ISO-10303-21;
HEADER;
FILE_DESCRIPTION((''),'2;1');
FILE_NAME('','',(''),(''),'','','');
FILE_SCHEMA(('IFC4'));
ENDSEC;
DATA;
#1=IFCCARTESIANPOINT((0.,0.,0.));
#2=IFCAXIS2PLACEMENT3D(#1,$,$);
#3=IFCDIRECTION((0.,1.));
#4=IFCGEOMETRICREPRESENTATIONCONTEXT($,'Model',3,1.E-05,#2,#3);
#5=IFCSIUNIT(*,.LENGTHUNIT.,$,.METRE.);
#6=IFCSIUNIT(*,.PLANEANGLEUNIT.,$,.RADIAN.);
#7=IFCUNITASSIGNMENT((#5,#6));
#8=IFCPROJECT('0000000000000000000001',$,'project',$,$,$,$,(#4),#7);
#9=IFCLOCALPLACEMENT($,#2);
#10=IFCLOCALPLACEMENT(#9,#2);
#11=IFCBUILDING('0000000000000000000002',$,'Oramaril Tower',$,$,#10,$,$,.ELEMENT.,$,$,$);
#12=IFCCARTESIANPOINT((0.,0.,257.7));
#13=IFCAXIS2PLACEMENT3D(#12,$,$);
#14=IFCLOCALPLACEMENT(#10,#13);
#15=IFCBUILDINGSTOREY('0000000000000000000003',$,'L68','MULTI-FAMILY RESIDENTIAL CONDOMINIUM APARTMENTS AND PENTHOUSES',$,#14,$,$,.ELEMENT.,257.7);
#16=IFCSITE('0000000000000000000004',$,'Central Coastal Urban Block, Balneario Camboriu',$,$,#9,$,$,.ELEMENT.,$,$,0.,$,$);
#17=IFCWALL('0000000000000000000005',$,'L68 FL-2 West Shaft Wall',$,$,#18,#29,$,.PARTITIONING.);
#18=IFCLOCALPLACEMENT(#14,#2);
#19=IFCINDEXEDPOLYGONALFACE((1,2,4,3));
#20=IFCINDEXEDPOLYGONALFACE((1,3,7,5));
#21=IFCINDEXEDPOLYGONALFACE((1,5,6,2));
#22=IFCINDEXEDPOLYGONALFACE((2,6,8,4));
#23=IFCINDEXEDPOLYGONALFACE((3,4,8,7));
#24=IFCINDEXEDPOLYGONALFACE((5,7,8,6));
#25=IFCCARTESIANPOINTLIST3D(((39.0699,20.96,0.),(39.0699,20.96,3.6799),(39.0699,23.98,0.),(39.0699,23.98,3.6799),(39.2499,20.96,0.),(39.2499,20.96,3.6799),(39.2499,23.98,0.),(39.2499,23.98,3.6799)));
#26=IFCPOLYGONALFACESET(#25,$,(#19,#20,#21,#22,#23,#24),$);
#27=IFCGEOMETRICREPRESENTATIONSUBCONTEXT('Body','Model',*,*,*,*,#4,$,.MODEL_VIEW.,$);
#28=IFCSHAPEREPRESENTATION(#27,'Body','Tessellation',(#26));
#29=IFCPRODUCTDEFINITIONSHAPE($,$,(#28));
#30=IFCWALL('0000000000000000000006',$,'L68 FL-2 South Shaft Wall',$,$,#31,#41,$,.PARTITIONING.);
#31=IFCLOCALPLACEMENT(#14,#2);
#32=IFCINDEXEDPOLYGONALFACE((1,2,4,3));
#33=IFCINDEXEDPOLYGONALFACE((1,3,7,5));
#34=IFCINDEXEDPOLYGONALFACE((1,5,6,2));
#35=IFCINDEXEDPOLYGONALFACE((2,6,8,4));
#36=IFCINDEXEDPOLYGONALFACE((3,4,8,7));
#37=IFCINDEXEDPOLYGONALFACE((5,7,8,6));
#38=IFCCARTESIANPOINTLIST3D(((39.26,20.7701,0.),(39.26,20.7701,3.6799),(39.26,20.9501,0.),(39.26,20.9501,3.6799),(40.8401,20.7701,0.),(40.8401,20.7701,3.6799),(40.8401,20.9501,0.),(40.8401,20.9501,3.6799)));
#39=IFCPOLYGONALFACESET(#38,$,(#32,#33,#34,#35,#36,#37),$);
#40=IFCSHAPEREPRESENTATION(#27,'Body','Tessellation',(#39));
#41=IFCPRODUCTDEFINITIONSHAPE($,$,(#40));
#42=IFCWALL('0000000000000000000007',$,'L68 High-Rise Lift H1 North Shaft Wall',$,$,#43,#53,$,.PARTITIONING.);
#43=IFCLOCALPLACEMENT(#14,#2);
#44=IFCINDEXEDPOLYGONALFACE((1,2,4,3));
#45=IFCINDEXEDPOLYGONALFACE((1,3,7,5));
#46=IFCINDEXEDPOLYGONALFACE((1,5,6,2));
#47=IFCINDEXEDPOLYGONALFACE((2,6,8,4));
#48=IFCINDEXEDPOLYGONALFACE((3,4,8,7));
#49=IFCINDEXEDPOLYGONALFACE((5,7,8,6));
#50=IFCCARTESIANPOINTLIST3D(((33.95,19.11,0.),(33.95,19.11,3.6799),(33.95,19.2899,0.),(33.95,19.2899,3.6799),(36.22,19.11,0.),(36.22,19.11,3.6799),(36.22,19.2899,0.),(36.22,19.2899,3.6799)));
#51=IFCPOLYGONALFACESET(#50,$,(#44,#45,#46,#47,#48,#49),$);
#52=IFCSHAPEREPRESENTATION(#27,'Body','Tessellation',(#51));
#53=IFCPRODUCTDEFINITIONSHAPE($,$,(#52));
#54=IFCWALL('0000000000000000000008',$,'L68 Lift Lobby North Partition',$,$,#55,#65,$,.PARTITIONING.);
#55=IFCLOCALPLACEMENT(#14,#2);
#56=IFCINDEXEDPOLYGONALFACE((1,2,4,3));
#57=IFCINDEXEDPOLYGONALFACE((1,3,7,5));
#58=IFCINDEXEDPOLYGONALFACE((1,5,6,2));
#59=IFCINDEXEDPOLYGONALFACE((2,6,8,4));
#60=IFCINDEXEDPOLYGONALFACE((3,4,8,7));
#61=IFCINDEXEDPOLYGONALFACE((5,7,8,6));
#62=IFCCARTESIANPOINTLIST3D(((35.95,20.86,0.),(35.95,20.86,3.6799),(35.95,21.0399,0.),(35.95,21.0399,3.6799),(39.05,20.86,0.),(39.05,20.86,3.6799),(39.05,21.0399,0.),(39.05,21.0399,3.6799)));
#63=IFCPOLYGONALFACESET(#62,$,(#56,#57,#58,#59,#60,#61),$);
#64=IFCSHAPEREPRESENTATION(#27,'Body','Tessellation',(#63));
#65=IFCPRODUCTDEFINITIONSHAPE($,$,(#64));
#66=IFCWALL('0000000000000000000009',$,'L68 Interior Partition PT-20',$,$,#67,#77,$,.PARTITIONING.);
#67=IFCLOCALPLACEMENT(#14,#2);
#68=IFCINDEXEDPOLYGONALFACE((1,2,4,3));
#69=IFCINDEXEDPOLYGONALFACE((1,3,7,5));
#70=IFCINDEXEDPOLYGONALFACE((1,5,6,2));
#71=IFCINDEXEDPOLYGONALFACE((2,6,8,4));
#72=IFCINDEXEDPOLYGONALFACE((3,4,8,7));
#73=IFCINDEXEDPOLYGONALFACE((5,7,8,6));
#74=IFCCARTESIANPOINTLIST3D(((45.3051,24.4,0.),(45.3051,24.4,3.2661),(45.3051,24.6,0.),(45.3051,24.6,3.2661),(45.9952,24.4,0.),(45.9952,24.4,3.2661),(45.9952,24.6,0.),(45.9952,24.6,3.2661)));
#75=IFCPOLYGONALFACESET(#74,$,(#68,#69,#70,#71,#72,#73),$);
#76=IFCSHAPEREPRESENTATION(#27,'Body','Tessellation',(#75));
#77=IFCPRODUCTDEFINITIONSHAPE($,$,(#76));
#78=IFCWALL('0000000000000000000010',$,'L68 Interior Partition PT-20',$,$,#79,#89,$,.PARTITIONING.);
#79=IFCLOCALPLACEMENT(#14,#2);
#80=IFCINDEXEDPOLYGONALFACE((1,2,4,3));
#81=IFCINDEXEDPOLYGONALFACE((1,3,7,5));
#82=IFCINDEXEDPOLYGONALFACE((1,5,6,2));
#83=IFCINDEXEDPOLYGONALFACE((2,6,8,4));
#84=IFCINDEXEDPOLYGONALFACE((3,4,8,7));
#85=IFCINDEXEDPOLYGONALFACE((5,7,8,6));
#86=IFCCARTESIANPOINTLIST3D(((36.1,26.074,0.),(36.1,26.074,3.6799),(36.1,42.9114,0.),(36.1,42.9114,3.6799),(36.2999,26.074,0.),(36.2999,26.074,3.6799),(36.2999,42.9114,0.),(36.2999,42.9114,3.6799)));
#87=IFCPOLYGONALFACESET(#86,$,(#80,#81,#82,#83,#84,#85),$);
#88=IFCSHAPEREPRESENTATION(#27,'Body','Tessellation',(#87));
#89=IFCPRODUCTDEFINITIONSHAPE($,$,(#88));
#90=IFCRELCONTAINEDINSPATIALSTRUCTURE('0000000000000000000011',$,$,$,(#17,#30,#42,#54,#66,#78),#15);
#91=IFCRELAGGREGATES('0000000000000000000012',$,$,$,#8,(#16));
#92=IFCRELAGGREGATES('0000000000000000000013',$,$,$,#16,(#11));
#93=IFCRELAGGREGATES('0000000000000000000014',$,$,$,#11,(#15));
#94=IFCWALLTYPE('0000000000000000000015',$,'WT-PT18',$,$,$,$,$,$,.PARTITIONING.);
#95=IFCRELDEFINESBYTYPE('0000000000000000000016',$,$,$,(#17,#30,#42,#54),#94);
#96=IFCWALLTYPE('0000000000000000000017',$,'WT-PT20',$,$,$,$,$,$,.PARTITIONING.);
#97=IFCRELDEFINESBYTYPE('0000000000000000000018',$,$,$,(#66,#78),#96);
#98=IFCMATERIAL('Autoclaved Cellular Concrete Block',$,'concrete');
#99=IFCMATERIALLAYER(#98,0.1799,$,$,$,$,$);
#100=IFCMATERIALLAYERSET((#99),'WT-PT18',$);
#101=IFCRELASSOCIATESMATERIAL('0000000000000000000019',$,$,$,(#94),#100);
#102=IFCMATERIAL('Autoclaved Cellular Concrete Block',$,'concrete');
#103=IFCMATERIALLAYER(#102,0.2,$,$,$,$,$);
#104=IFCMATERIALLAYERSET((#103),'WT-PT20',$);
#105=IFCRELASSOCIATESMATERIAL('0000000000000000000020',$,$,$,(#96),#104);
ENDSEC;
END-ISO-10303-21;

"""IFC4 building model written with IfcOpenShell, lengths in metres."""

from ifc_helpers import new_model, si_unit, direction, frame, frame_2d, origin, place, context, subcontext, project, spatial, rectangle, extrude, material, layer, layer_set, type_object, element, save


model = new_model("IFC4")

# Units and contexts
model_context = context("Model", 3, precision=1e-05, world=origin(), true_north=direction((0.0, 1.0)))
body_context = subcontext(model_context, "Body", "Model", "MODEL_VIEW")
ifc_project = project(units=[si_unit("LENGTHUNIT", "METRE"), si_unit("PLANEANGLEUNIT", "RADIAN")], contexts=[model_context])

# Site, building, storey
site_placement = place(None, origin())
site = spatial("IfcSite", under=ifc_project, at=site_placement, Name="Central Coastal Urban Block, Balneario Camboriu", CompositionType="ELEMENT", RefElevation=0.0)
building_placement = place(site_placement, origin())
building = spatial("IfcBuilding", under=site, at=building_placement, Name="Oramaril Tower", CompositionType="ELEMENT")
storey_placement = place(building_placement, frame((0.0, 0.0, 257.7)))
storey = spatial("IfcBuildingStorey", under=building, at=storey_placement, Name="L68", Description="MULTI-FAMILY RESIDENTIAL CONDOMINIUM APARTMENTS AND PENTHOUSES", CompositionType="ELEMENT", Elevation=257.7)

# Walls
ifc_material_1 = material(Name="Autoclaved Cellular Concrete Block", Category="concrete")
ifc_layer_1 = layer(ifc_material_1, 0.1799)
ifc_layer_set_1 = layer_set([ifc_layer_1], Name="WT-PT18")
wall_type_1 = type_object("IfcWallType", Name="WT-PT18", PredefinedType="PARTITIONING", material=ifc_layer_set_1)
wall_1_placement = place(storey_placement, frame((39.1599, 20.96, 0.0), z_axis=(0.0, 0.0, 1.0), x_axis=(0.0, 1.0, 0.0)))
element("IfcWall", 1, at=wall_1_placement, inside=storey, type_object=wall_type_1, Name="L68 FL-2 West Shaft Wall", PredefinedType="PARTITIONING", context=body_context, shape_type="SweptSolid", body=[
    extrude(rectangle(XDim=3.02, YDim=0.1799, at=frame_2d((1.51, 0.0))), origin(), (0.0, 0.0, 1.0), 3.6799),
])
wall_2_placement = place(storey_placement, frame((39.26, 20.8601, 0.0), z_axis=(0.0, 0.0, 1.0), x_axis=(1.0, 0.0, 0.0)))
element("IfcWall", 2, at=wall_2_placement, inside=storey, type_object=wall_type_1, Name="L68 FL-2 South Shaft Wall", PredefinedType="PARTITIONING", context=body_context, shape_type="SweptSolid", body=[
    extrude(rectangle(XDim=1.5801, YDim=0.1799, at=frame_2d((0.79, 0.0))), origin(), (0.0, 0.0, 1.0), 3.6799),
])
wall_3_placement = place(storey_placement, frame((33.95, 19.2, 0.0), z_axis=(0.0, 0.0, 1.0), x_axis=(1.0, 0.0, 0.0)))
element("IfcWall", 3, at=wall_3_placement, inside=storey, type_object=wall_type_1, Name="L68 High-Rise Lift H1 North Shaft Wall", PredefinedType="PARTITIONING", context=body_context, shape_type="SweptSolid", body=[
    extrude(rectangle(XDim=2.27, YDim=0.1799, at=frame_2d((1.135, 0.0))), origin(), (0.0, 0.0, 1.0), 3.6799),
])
wall_4_placement = place(storey_placement, frame((35.95, 20.95, 0.0), z_axis=(0.0, 0.0, 1.0), x_axis=(1.0, 0.0, 0.0)))
element("IfcWall", 4, at=wall_4_placement, inside=storey, type_object=wall_type_1, Name="L68 Lift Lobby North Partition", PredefinedType="PARTITIONING", context=body_context, shape_type="SweptSolid", body=[
    extrude(rectangle(XDim=3.1001, YDim=0.1799, at=frame_2d((1.55, 0.0))), origin(), (0.0, 0.0, 1.0), 3.6799),
])
ifc_material_2 = material(Name="Autoclaved Cellular Concrete Block", Category="concrete")
ifc_layer_2 = layer(ifc_material_2, 0.2)
ifc_layer_set_2 = layer_set([ifc_layer_2], Name="WT-PT20")
wall_type_2 = type_object("IfcWallType", Name="WT-PT20", PredefinedType="PARTITIONING", material=ifc_layer_set_2)
wall_5_placement = place(storey_placement, frame((45.3049, 24.5, 0.0), z_axis=(0.0, 0.0, 1.0), x_axis=(1.0, 0.0, 0.0)))
element("IfcWall", 5, at=wall_5_placement, inside=storey, type_object=wall_type_2, Name="L68 Interior Partition PT-20", PredefinedType="PARTITIONING", context=body_context, shape_type="SweptSolid", body=[
    extrude(rectangle(XDim=0.6902, YDim=0.2, at=frame_2d((0.3452, 0.0))), origin(), (0.0, 0.0, 1.0), 3.2661),
])
wall_6_placement = place(storey_placement, frame((36.2, 26.074, 0.0), z_axis=(0.0, 0.0, 1.0), x_axis=(0.0, 1.0, 0.0)))
element("IfcWall", 6, at=wall_6_placement, inside=storey, type_object=wall_type_2, Name="L68 Interior Partition PT-20", PredefinedType="PARTITIONING", context=body_context, shape_type="SweptSolid", body=[
    extrude(rectangle(XDim=16.8374, YDim=0.2, at=frame_2d((8.4187, 0.0))), origin(), (0.0, 0.0, 1.0), 3.6799),
])

save(model, "model.ifc")
